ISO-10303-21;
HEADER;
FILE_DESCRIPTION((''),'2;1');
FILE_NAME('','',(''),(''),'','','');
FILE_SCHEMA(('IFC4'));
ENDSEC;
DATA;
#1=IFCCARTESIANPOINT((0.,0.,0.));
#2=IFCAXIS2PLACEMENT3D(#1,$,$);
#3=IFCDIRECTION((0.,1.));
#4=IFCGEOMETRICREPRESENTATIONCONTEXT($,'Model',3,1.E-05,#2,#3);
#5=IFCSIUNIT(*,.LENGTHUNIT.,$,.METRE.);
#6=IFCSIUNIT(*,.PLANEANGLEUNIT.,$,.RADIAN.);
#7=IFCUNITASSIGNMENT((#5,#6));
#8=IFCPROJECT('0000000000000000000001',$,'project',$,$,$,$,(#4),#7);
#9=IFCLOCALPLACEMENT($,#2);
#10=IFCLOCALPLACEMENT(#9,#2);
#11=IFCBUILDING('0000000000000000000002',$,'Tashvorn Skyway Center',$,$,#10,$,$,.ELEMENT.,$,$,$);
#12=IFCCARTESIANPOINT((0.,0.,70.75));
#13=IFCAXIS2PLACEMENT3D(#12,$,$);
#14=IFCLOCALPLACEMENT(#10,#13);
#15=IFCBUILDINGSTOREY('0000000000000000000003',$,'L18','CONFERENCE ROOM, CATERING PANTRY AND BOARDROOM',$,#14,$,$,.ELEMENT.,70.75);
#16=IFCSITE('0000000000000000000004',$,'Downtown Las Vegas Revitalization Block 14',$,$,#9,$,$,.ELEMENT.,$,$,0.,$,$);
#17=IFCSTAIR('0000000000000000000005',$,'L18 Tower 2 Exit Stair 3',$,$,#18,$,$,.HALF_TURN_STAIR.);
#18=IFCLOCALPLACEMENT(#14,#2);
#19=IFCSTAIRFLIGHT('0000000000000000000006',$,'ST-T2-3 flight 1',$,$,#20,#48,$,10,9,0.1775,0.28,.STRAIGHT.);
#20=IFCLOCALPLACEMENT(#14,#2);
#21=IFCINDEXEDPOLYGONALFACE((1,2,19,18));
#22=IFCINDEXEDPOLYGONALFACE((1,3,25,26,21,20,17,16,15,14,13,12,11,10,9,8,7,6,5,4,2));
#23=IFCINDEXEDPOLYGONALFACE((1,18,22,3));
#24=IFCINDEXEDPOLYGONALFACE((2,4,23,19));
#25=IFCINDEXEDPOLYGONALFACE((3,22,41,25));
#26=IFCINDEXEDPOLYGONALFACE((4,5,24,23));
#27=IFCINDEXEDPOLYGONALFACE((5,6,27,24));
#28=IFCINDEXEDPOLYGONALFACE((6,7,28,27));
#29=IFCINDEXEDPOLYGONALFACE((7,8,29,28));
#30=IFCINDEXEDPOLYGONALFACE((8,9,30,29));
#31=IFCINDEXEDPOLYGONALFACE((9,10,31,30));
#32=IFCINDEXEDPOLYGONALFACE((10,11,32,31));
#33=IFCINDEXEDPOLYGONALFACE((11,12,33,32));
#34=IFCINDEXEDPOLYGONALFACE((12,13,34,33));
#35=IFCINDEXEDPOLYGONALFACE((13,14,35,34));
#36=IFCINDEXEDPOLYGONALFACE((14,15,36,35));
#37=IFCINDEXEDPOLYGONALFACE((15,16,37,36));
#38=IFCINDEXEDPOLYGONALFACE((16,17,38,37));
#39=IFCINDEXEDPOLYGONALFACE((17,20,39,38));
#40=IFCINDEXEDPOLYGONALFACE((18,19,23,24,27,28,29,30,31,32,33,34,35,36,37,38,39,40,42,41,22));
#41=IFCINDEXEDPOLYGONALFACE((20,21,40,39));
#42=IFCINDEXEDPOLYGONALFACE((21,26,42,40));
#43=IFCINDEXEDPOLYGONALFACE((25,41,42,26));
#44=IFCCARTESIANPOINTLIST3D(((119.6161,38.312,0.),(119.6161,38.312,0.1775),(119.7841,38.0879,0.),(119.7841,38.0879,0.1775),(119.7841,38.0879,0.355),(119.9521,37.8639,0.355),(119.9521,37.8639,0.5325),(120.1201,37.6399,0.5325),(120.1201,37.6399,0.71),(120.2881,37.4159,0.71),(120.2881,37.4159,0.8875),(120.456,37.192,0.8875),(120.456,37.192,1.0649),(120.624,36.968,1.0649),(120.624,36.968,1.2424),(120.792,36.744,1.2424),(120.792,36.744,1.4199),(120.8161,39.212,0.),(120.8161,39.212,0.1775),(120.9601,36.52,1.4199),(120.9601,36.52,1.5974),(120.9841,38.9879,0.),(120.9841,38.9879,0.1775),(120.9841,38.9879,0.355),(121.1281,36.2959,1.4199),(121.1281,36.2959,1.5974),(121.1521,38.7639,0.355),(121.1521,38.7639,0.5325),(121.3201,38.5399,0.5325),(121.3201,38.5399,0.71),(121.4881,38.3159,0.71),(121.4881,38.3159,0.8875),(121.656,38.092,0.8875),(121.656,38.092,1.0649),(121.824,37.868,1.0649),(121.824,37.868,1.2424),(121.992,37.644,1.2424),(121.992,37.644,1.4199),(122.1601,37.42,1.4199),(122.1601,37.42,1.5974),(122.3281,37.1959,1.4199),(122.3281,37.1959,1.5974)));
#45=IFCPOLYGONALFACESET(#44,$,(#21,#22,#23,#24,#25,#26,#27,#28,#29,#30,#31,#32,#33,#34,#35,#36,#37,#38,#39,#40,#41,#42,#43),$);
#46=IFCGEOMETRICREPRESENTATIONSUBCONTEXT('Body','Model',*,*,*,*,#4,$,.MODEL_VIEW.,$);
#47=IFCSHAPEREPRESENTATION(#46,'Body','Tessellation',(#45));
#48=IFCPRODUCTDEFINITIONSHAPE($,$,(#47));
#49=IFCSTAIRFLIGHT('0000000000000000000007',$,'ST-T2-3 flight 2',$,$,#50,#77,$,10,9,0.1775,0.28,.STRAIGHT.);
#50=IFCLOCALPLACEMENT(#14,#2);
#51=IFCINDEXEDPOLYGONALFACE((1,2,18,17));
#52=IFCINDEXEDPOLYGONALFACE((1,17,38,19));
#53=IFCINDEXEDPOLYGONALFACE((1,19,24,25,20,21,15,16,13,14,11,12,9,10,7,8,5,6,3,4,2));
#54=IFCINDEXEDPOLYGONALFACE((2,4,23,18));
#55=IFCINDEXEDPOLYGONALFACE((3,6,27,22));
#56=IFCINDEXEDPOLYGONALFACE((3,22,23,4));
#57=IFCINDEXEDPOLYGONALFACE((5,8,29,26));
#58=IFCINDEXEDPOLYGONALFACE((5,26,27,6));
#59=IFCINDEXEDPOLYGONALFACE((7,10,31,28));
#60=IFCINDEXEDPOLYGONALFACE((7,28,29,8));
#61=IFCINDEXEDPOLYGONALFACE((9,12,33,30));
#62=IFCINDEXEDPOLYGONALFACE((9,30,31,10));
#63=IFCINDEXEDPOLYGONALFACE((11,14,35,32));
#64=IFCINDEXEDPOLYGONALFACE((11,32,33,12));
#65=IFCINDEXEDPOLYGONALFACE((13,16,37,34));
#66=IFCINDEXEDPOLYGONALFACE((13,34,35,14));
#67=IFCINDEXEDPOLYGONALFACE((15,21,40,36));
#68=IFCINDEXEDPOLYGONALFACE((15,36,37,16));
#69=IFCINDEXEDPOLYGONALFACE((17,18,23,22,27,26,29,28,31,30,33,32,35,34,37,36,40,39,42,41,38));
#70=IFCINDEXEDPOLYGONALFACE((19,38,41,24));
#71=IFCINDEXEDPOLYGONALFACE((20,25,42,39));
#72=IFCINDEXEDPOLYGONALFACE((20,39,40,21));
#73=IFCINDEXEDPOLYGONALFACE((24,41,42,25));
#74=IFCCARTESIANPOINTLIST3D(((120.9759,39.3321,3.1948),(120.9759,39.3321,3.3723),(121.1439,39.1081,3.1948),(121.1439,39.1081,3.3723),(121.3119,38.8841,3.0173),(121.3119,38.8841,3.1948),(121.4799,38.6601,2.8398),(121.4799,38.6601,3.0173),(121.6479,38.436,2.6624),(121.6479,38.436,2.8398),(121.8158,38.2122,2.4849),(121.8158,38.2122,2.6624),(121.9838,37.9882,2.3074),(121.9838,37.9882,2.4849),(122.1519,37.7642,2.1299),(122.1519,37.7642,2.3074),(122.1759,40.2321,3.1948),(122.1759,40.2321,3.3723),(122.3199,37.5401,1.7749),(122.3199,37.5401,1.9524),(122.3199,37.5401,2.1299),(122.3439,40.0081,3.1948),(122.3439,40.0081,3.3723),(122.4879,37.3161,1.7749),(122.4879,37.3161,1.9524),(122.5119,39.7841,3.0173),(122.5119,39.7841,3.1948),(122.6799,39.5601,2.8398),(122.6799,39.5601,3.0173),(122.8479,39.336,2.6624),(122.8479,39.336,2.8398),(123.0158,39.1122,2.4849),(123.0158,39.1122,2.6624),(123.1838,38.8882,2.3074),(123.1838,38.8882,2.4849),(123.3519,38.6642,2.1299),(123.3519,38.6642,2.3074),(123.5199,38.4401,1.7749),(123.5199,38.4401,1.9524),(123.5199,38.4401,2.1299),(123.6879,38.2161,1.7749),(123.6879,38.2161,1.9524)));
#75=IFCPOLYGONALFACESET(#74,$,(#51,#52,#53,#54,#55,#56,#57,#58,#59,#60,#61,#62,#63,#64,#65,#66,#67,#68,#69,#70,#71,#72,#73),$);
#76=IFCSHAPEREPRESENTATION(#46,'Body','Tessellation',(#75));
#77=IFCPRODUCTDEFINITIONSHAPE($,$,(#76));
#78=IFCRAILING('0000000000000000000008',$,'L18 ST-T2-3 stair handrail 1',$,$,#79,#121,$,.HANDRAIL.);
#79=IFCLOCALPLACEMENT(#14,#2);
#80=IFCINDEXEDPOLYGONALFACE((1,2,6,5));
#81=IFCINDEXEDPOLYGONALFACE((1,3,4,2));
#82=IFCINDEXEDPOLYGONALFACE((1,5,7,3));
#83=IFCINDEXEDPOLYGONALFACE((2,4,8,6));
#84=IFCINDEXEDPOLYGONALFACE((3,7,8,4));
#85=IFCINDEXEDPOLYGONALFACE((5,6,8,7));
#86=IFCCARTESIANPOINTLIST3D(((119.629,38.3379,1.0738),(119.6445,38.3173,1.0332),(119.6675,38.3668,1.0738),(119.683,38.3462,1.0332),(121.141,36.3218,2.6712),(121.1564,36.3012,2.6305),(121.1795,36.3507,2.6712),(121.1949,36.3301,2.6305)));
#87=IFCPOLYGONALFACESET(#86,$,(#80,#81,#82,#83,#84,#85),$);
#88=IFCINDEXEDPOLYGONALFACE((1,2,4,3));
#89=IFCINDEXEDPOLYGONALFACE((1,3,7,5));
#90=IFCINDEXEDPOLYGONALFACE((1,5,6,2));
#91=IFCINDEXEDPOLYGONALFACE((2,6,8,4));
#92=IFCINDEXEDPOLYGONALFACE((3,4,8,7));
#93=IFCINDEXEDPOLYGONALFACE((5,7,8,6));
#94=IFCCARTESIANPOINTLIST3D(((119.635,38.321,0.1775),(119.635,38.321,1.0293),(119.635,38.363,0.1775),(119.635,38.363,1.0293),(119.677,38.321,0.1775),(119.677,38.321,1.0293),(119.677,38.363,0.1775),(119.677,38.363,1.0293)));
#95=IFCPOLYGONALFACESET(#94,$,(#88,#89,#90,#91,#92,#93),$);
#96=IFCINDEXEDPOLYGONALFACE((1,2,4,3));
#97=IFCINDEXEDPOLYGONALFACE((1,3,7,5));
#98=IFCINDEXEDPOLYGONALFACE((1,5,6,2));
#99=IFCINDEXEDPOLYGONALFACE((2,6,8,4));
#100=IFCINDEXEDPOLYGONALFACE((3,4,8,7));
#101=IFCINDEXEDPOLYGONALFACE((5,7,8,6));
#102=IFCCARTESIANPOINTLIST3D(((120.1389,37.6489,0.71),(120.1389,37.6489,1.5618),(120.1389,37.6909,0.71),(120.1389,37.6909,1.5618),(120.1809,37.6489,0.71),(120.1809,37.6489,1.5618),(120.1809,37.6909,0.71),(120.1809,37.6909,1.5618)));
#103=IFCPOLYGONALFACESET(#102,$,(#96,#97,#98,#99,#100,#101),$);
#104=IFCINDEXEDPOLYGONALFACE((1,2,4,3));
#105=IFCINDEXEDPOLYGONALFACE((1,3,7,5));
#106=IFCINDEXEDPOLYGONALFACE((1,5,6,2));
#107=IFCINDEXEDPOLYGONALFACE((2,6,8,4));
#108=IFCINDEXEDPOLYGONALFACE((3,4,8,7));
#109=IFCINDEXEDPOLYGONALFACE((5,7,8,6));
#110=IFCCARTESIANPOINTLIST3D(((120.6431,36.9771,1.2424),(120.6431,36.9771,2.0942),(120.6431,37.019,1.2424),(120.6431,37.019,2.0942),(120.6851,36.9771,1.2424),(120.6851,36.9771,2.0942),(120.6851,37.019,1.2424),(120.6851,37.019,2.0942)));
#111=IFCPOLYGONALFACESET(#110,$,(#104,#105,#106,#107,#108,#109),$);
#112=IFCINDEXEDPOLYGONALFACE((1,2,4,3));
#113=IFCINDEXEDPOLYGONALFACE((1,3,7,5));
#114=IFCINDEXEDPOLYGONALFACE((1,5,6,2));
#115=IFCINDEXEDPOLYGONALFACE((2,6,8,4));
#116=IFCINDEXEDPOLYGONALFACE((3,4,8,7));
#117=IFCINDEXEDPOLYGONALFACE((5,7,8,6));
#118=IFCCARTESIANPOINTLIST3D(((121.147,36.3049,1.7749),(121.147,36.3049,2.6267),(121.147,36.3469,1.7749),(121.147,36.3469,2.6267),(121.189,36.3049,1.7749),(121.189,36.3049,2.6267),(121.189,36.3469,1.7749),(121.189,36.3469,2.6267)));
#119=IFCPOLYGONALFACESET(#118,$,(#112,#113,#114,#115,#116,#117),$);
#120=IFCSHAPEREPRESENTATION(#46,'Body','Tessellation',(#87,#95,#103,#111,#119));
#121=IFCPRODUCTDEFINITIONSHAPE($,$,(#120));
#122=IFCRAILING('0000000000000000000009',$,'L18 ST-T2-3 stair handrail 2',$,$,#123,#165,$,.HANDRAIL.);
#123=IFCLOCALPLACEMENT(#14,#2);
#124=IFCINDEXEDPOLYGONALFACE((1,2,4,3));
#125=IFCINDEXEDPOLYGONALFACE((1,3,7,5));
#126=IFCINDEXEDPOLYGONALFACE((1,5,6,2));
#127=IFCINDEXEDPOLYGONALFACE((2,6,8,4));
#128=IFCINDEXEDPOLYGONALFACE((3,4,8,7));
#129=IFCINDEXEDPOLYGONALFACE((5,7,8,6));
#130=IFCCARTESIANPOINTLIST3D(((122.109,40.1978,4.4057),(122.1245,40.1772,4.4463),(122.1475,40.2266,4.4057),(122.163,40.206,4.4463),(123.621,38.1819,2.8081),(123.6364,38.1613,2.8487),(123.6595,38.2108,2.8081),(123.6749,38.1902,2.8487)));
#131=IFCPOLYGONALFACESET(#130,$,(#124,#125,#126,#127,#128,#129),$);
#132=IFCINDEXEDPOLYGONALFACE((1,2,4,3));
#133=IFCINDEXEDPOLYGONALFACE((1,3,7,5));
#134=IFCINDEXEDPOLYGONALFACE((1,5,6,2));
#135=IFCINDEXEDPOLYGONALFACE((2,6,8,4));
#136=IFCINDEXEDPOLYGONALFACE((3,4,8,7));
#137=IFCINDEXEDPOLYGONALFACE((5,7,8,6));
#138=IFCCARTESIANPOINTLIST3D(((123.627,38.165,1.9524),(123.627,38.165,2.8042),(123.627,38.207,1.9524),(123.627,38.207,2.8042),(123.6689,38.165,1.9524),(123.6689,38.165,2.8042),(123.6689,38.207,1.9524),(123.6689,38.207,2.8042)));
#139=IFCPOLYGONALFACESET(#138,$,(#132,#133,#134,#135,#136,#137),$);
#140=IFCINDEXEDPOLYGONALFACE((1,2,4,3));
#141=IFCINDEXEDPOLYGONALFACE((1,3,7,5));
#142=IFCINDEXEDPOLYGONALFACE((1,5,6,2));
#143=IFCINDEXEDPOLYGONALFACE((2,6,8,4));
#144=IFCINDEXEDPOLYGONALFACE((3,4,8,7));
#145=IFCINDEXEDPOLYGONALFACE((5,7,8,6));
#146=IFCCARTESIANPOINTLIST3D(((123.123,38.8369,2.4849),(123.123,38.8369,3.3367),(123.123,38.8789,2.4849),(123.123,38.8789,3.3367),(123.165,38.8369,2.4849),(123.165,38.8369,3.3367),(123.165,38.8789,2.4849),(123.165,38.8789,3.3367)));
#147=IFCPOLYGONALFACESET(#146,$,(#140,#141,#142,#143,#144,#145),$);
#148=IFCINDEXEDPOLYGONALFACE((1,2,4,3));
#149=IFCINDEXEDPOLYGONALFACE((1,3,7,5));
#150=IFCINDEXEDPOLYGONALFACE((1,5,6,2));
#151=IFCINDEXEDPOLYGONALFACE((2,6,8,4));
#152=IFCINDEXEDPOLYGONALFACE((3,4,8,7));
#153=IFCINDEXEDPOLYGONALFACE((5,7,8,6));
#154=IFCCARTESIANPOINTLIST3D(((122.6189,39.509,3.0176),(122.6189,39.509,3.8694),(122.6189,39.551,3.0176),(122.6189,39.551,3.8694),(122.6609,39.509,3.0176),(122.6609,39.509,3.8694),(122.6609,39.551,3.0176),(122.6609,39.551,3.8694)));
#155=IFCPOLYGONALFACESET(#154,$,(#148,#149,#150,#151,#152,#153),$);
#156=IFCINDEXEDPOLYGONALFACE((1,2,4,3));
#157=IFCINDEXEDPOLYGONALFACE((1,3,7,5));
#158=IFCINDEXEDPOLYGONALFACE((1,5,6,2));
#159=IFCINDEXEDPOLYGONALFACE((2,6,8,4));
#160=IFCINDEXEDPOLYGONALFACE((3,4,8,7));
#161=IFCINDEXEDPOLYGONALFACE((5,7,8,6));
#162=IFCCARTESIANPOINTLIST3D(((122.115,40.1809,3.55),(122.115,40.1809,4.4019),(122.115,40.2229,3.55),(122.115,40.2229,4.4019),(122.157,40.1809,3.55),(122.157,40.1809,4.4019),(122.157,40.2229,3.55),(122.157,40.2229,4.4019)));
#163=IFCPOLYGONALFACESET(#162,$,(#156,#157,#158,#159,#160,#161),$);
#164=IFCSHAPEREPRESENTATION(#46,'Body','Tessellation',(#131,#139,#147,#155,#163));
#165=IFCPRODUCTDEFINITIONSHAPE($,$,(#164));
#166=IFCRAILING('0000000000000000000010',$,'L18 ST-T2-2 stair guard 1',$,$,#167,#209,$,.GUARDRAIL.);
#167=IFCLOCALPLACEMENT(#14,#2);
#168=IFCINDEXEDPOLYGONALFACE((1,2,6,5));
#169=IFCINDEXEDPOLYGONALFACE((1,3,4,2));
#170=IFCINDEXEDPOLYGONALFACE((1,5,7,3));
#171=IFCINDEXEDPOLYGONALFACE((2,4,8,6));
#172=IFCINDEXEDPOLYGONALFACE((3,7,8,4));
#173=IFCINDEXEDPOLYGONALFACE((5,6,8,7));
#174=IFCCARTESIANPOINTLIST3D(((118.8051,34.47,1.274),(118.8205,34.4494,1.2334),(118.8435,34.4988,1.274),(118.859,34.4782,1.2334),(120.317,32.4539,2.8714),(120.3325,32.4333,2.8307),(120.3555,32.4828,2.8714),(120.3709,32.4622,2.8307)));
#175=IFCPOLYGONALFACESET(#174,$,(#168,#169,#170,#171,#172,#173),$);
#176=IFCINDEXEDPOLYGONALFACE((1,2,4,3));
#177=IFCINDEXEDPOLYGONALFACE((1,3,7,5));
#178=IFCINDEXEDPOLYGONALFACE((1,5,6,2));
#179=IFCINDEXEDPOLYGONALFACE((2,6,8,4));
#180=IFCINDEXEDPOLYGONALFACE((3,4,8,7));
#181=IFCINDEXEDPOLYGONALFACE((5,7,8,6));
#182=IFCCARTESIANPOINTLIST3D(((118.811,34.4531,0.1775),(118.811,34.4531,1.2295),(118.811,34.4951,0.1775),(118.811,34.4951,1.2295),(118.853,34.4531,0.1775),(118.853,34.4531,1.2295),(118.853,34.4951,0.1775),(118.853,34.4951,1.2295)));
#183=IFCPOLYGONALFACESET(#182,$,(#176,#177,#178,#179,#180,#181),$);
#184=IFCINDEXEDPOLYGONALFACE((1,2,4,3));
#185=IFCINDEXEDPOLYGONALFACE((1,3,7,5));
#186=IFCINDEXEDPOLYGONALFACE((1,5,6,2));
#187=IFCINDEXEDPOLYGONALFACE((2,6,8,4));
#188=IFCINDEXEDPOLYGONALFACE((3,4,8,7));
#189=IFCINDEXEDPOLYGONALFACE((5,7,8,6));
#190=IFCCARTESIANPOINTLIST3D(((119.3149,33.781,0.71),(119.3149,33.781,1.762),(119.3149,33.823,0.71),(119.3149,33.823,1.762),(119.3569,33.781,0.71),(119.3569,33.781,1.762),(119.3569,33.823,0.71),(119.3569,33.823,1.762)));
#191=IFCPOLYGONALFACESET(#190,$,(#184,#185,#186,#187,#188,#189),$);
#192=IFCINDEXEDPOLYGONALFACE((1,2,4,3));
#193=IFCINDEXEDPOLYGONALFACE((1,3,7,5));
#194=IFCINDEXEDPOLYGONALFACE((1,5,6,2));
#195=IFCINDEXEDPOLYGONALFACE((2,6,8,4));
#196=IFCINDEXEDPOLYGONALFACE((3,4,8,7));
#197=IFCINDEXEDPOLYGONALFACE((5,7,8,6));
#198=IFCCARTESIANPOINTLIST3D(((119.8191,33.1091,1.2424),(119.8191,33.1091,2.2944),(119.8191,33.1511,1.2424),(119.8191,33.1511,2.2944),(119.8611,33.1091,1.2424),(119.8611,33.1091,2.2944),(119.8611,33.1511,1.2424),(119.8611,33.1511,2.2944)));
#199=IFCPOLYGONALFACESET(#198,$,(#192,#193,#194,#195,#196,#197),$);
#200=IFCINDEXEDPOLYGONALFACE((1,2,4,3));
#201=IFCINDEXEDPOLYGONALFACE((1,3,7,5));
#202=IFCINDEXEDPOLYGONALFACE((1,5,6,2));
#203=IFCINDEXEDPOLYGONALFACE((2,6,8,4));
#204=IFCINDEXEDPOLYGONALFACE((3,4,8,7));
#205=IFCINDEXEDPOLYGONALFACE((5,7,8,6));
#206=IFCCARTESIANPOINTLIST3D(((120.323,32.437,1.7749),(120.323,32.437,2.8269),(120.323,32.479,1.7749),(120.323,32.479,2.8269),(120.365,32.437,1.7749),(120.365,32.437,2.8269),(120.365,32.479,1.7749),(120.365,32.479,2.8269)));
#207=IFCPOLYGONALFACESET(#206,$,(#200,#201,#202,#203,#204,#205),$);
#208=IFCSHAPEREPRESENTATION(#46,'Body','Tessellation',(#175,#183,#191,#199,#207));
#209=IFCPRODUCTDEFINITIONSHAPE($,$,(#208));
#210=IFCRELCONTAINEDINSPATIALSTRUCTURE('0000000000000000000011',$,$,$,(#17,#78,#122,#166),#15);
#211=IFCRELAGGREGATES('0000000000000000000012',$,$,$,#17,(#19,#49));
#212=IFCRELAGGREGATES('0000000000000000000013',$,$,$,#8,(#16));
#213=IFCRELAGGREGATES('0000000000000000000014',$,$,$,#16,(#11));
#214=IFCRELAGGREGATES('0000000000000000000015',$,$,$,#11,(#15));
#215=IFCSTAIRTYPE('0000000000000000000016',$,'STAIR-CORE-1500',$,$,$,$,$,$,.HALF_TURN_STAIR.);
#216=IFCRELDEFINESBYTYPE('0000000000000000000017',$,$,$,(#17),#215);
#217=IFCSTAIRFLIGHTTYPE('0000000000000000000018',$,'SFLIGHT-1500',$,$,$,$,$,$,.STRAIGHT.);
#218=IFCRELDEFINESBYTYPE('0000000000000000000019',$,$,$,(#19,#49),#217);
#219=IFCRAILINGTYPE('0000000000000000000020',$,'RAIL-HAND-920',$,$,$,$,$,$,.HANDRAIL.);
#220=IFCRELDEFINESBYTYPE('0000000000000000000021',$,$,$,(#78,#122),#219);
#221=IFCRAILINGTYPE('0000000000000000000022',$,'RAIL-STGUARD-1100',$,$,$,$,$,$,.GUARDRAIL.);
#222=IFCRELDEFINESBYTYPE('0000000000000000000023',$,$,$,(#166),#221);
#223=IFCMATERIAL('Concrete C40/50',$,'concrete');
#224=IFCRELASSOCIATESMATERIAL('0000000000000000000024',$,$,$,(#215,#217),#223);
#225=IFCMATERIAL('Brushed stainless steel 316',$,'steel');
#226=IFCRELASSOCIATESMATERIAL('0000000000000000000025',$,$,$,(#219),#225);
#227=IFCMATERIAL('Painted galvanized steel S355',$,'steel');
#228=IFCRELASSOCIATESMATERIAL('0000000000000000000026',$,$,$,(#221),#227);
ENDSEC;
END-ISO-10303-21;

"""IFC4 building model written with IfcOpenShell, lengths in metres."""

from ifc_helpers import new_model, si_unit, direction, frame, origin, origin_2d, place, context, subcontext, project, spatial, polyline, rectangle, outline, extrude, material, type_object, element, aggregate, save


model = new_model("IFC4")

# Units and contexts
model_context = context("Model", 3, precision=1e-05, world=origin(), true_north=direction((0.0, 1.0)))
body_context = subcontext(model_context, "Body", "Model", "MODEL_VIEW")
ifc_project = project(units=[si_unit("LENGTHUNIT", "METRE"), si_unit("PLANEANGLEUNIT", "RADIAN")], contexts=[model_context])

# Site, building, storey
site_placement = place(None, origin())
site = spatial("IfcSite", under=ifc_project, at=site_placement, Name="Downtown Las Vegas Revitalization Block 14", CompositionType="ELEMENT", RefElevation=0.0)
building_placement = place(site_placement, origin())
building = spatial("IfcBuilding", under=site, at=building_placement, Name="Tashvorn Skyway Center", CompositionType="ELEMENT")
storey_placement = place(building_placement, frame((0.0, 0.0, 70.75)))
storey = spatial("IfcBuildingStorey", under=building, at=storey_placement, Name="L18", Description="CONFERENCE ROOM, CATERING PANTRY AND BOARDROOM", CompositionType="ELEMENT", Elevation=70.75)

# Shared definitions
ifc_material_1 = material(Name="Concrete C40/50", Category="concrete")

# Stair, stair flights
stair_type = type_object("IfcStairType", Name="STAIR-CORE-1500", PredefinedType="HALF_TURN_STAIR", material=ifc_material_1)
stair_placement = place(storey_placement, origin())
stair = element("IfcStair", 1, at=stair_placement, inside=storey, type_object=stair_type, Name="L18 Tower 2 Exit Stair 3", PredefinedType="HALF_TURN_STAIR")
stair_flight_type = type_object("IfcStairFlightType", Name="SFLIGHT-1500", PredefinedType="STRAIGHT", material=ifc_material_1)
stair_flight_1_placement = place(storey_placement, frame((120.2161, 38.762, 0.0), z_axis=(0.0, 0.0, 1.0), x_axis=(0.6, -0.8, 0.0)))
stair_flight_1 = element("IfcStairFlight", 2, at=stair_flight_1_placement, type_object=stair_flight_type, Name="ST-T2-3 flight 1", NumberOfRisers=10, NumberOfTreads=9, PredefinedType="STRAIGHT", RiserHeight=0.1775, TreadLength=0.28, context=body_context, shape_type="SweptSolid", body=[
    extrude(outline(polyline([(0.0, 0.0), (0.0, 0.1775), (0.28, 0.1775), (0.28, 0.355), (0.5601, 0.355), (0.5601, 0.5325), (0.8401, 0.5325), (0.8401, 0.71), (1.1201, 0.71), (1.1201, 0.8875), (1.3999, 0.8875), (1.3999, 1.0649), (1.6799, 1.0649), (1.6799, 1.2424), (1.96, 1.2424), (1.96, 1.4199), (2.24, 1.4199), (2.24, 1.5974), (2.52, 1.5974), (2.52, 1.7749), (2.52, 1.4199), (0.28, 0.0), (0.0, 0.0)])), frame((0.0, 0.75, 0.0), z_axis=(0.0, -1.0, 0.0), x_axis=(1.0, 0.0, 0.0)), (0.0, 0.0, 1.0), 1.5),
])
stair_flight_2_placement = place(storey_placement, frame((123.0879, 37.7661, 1.7749), z_axis=(0.0, 0.0, 1.0), x_axis=(-0.6, 0.8, 0.0)))
stair_flight_2 = element("IfcStairFlight", 3, at=stair_flight_2_placement, type_object=stair_flight_type, Name="ST-T2-3 flight 2", NumberOfRisers=10, NumberOfTreads=9, PredefinedType="STRAIGHT", RiserHeight=0.1775, TreadLength=0.28, context=body_context, shape_type="SweptSolid", body=[
    extrude(outline(polyline([(0.0, 0.0), (0.0, 0.1775), (0.28, 0.1775), (0.28, 0.355), (0.5601, 0.355), (0.5601, 0.5325), (0.8401, 0.5325), (0.8401, 0.71), (1.1201, 0.71), (1.1201, 0.8875), (1.3999, 0.8875), (1.3999, 1.0649), (1.6799, 1.0649), (1.6799, 1.2424), (1.96, 1.2424), (1.96, 1.4199), (2.24, 1.4199), (2.24, 1.5974), (2.52, 1.5974), (2.52, 1.7749), (2.52, 1.4199), (0.28, 0.0), (0.0, 0.0)])), frame((0.0, 0.75, 0.0), z_axis=(0.0, -1.0, 0.0), x_axis=(1.0, 0.0, 0.0)), (0.0, 0.0, 1.0), 1.5),
])
aggregate(stair, [stair_flight_1, stair_flight_2])

# Railings
ifc_material_2 = material(Name="Brushed stainless steel 316", Category="steel")
railing_type_1 = type_object("IfcRailingType", Name="RAIL-HAND-920", PredefinedType="HANDRAIL", material=ifc_material_2)
railing_1_placement = place(storey_placement, frame((119.656, 38.342, 0.1775)))
element("IfcRailing", 4, at=railing_1_placement, inside=storey, type_object=railing_type_1, Name="L18 ST-T2-3 stair handrail 1", PredefinedType="HANDRAIL", context=body_context, shape_type="SweptSolid", body=[
    extrude(rectangle(XDim=0.0481, YDim=0.0481, at=origin_2d()), frame((0.0, 0.0, 0.876), z_axis=(0.506741, -0.675709, 0.535379), x_axis=(0.800023, 0.599969, 0.0)), (0.0, 0.0, 1.0), 2.9836),
    extrude(rectangle(XDim=0.042, YDim=0.042, at=origin_2d()), origin(), (0.0, 0.0, 1.0), 0.8518),
    extrude(rectangle(XDim=0.042, YDim=0.042, at=origin_2d()), frame((0.5039, -0.6721, 0.5325)), (0.0, 0.0, 1.0), 0.8518),
    extrude(rectangle(XDim=0.042, YDim=0.042, at=origin_2d()), frame((1.0081, -1.344, 1.0649)), (0.0, 0.0, 1.0), 0.8518),
    extrude(rectangle(XDim=0.042, YDim=0.042, at=origin_2d()), frame((1.512, -2.0161, 1.5974)), (0.0, 0.0, 1.0), 0.8518),
])
railing_2_placement = place(storey_placement, frame((123.6479, 38.186, 1.9524)))
element("IfcRailing", 5, at=railing_2_placement, inside=storey, type_object=railing_type_1, Name="L18 ST-T2-3 stair handrail 2", PredefinedType="HANDRAIL", context=body_context, shape_type="SweptSolid", body=[
    extrude(rectangle(XDim=0.0481, YDim=0.0481, at=origin_2d()), frame((0.0, 0.0, 0.876), z_axis=(-0.506747, 0.675635, 0.535467), x_axis=(-0.799988, -0.600016, 0.0)), (0.0, 0.0, 1.0), 2.9836),
    extrude(rectangle(XDim=0.042, YDim=0.042, at=origin_2d()), origin(), (0.0, 0.0, 1.0), 0.8518),
    extrude(rectangle(XDim=0.042, YDim=0.042, at=origin_2d()), frame((-0.5039, 0.6719, 0.5325)), (0.0, 0.0, 1.0), 0.8518),
    extrude(rectangle(XDim=0.042, YDim=0.042, at=origin_2d()), frame((-1.0081, 1.344, 1.0652)), (0.0, 0.0, 1.0), 0.8518),
    extrude(rectangle(XDim=0.042, YDim=0.042, at=origin_2d()), frame((-1.512, 2.0159, 1.5977)), (0.0, 0.0, 1.0), 0.8518),
])
ifc_material_3 = material(Name="Painted galvanized steel S355", Category="steel")
railing_type_2 = type_object("IfcRailingType", Name="RAIL-STGUARD-1100", PredefinedType="GUARDRAIL", material=ifc_material_3)
railing_3_placement = place(storey_placement, frame((118.832, 34.4741, 0.1775)))
element("IfcRailing", 6, at=railing_3_placement, inside=storey, type_object=railing_type_2, Name="L18 ST-T2-2 stair guard 1", PredefinedType="GUARDRAIL", context=body_context, shape_type="SweptSolid", body=[
    extrude(rectangle(XDim=0.0481, YDim=0.0481, at=origin_2d()), frame((0.0, 0.0, 1.0762), z_axis=(0.506741, -0.675709, 0.535379), x_axis=(0.800023, 0.599969, 0.0)), (0.0, 0.0, 1.0), 2.9836),
    extrude(rectangle(XDim=0.042, YDim=0.042, at=origin_2d()), origin(), (0.0, 0.0, 1.0), 1.052),
    extrude(rectangle(XDim=0.042, YDim=0.042, at=origin_2d()), frame((0.5039, -0.6721, 0.5325)), (0.0, 0.0, 1.0), 1.052),
    extrude(rectangle(XDim=0.042, YDim=0.042, at=origin_2d()), frame((1.0081, -1.344, 1.0649)), (0.0, 0.0, 1.0), 1.052),
    extrude(rectangle(XDim=0.042, YDim=0.042, at=origin_2d()), frame((1.512, -2.0161, 1.5974)), (0.0, 0.0, 1.0), 1.052),
])

save(model, "model.ifc")
